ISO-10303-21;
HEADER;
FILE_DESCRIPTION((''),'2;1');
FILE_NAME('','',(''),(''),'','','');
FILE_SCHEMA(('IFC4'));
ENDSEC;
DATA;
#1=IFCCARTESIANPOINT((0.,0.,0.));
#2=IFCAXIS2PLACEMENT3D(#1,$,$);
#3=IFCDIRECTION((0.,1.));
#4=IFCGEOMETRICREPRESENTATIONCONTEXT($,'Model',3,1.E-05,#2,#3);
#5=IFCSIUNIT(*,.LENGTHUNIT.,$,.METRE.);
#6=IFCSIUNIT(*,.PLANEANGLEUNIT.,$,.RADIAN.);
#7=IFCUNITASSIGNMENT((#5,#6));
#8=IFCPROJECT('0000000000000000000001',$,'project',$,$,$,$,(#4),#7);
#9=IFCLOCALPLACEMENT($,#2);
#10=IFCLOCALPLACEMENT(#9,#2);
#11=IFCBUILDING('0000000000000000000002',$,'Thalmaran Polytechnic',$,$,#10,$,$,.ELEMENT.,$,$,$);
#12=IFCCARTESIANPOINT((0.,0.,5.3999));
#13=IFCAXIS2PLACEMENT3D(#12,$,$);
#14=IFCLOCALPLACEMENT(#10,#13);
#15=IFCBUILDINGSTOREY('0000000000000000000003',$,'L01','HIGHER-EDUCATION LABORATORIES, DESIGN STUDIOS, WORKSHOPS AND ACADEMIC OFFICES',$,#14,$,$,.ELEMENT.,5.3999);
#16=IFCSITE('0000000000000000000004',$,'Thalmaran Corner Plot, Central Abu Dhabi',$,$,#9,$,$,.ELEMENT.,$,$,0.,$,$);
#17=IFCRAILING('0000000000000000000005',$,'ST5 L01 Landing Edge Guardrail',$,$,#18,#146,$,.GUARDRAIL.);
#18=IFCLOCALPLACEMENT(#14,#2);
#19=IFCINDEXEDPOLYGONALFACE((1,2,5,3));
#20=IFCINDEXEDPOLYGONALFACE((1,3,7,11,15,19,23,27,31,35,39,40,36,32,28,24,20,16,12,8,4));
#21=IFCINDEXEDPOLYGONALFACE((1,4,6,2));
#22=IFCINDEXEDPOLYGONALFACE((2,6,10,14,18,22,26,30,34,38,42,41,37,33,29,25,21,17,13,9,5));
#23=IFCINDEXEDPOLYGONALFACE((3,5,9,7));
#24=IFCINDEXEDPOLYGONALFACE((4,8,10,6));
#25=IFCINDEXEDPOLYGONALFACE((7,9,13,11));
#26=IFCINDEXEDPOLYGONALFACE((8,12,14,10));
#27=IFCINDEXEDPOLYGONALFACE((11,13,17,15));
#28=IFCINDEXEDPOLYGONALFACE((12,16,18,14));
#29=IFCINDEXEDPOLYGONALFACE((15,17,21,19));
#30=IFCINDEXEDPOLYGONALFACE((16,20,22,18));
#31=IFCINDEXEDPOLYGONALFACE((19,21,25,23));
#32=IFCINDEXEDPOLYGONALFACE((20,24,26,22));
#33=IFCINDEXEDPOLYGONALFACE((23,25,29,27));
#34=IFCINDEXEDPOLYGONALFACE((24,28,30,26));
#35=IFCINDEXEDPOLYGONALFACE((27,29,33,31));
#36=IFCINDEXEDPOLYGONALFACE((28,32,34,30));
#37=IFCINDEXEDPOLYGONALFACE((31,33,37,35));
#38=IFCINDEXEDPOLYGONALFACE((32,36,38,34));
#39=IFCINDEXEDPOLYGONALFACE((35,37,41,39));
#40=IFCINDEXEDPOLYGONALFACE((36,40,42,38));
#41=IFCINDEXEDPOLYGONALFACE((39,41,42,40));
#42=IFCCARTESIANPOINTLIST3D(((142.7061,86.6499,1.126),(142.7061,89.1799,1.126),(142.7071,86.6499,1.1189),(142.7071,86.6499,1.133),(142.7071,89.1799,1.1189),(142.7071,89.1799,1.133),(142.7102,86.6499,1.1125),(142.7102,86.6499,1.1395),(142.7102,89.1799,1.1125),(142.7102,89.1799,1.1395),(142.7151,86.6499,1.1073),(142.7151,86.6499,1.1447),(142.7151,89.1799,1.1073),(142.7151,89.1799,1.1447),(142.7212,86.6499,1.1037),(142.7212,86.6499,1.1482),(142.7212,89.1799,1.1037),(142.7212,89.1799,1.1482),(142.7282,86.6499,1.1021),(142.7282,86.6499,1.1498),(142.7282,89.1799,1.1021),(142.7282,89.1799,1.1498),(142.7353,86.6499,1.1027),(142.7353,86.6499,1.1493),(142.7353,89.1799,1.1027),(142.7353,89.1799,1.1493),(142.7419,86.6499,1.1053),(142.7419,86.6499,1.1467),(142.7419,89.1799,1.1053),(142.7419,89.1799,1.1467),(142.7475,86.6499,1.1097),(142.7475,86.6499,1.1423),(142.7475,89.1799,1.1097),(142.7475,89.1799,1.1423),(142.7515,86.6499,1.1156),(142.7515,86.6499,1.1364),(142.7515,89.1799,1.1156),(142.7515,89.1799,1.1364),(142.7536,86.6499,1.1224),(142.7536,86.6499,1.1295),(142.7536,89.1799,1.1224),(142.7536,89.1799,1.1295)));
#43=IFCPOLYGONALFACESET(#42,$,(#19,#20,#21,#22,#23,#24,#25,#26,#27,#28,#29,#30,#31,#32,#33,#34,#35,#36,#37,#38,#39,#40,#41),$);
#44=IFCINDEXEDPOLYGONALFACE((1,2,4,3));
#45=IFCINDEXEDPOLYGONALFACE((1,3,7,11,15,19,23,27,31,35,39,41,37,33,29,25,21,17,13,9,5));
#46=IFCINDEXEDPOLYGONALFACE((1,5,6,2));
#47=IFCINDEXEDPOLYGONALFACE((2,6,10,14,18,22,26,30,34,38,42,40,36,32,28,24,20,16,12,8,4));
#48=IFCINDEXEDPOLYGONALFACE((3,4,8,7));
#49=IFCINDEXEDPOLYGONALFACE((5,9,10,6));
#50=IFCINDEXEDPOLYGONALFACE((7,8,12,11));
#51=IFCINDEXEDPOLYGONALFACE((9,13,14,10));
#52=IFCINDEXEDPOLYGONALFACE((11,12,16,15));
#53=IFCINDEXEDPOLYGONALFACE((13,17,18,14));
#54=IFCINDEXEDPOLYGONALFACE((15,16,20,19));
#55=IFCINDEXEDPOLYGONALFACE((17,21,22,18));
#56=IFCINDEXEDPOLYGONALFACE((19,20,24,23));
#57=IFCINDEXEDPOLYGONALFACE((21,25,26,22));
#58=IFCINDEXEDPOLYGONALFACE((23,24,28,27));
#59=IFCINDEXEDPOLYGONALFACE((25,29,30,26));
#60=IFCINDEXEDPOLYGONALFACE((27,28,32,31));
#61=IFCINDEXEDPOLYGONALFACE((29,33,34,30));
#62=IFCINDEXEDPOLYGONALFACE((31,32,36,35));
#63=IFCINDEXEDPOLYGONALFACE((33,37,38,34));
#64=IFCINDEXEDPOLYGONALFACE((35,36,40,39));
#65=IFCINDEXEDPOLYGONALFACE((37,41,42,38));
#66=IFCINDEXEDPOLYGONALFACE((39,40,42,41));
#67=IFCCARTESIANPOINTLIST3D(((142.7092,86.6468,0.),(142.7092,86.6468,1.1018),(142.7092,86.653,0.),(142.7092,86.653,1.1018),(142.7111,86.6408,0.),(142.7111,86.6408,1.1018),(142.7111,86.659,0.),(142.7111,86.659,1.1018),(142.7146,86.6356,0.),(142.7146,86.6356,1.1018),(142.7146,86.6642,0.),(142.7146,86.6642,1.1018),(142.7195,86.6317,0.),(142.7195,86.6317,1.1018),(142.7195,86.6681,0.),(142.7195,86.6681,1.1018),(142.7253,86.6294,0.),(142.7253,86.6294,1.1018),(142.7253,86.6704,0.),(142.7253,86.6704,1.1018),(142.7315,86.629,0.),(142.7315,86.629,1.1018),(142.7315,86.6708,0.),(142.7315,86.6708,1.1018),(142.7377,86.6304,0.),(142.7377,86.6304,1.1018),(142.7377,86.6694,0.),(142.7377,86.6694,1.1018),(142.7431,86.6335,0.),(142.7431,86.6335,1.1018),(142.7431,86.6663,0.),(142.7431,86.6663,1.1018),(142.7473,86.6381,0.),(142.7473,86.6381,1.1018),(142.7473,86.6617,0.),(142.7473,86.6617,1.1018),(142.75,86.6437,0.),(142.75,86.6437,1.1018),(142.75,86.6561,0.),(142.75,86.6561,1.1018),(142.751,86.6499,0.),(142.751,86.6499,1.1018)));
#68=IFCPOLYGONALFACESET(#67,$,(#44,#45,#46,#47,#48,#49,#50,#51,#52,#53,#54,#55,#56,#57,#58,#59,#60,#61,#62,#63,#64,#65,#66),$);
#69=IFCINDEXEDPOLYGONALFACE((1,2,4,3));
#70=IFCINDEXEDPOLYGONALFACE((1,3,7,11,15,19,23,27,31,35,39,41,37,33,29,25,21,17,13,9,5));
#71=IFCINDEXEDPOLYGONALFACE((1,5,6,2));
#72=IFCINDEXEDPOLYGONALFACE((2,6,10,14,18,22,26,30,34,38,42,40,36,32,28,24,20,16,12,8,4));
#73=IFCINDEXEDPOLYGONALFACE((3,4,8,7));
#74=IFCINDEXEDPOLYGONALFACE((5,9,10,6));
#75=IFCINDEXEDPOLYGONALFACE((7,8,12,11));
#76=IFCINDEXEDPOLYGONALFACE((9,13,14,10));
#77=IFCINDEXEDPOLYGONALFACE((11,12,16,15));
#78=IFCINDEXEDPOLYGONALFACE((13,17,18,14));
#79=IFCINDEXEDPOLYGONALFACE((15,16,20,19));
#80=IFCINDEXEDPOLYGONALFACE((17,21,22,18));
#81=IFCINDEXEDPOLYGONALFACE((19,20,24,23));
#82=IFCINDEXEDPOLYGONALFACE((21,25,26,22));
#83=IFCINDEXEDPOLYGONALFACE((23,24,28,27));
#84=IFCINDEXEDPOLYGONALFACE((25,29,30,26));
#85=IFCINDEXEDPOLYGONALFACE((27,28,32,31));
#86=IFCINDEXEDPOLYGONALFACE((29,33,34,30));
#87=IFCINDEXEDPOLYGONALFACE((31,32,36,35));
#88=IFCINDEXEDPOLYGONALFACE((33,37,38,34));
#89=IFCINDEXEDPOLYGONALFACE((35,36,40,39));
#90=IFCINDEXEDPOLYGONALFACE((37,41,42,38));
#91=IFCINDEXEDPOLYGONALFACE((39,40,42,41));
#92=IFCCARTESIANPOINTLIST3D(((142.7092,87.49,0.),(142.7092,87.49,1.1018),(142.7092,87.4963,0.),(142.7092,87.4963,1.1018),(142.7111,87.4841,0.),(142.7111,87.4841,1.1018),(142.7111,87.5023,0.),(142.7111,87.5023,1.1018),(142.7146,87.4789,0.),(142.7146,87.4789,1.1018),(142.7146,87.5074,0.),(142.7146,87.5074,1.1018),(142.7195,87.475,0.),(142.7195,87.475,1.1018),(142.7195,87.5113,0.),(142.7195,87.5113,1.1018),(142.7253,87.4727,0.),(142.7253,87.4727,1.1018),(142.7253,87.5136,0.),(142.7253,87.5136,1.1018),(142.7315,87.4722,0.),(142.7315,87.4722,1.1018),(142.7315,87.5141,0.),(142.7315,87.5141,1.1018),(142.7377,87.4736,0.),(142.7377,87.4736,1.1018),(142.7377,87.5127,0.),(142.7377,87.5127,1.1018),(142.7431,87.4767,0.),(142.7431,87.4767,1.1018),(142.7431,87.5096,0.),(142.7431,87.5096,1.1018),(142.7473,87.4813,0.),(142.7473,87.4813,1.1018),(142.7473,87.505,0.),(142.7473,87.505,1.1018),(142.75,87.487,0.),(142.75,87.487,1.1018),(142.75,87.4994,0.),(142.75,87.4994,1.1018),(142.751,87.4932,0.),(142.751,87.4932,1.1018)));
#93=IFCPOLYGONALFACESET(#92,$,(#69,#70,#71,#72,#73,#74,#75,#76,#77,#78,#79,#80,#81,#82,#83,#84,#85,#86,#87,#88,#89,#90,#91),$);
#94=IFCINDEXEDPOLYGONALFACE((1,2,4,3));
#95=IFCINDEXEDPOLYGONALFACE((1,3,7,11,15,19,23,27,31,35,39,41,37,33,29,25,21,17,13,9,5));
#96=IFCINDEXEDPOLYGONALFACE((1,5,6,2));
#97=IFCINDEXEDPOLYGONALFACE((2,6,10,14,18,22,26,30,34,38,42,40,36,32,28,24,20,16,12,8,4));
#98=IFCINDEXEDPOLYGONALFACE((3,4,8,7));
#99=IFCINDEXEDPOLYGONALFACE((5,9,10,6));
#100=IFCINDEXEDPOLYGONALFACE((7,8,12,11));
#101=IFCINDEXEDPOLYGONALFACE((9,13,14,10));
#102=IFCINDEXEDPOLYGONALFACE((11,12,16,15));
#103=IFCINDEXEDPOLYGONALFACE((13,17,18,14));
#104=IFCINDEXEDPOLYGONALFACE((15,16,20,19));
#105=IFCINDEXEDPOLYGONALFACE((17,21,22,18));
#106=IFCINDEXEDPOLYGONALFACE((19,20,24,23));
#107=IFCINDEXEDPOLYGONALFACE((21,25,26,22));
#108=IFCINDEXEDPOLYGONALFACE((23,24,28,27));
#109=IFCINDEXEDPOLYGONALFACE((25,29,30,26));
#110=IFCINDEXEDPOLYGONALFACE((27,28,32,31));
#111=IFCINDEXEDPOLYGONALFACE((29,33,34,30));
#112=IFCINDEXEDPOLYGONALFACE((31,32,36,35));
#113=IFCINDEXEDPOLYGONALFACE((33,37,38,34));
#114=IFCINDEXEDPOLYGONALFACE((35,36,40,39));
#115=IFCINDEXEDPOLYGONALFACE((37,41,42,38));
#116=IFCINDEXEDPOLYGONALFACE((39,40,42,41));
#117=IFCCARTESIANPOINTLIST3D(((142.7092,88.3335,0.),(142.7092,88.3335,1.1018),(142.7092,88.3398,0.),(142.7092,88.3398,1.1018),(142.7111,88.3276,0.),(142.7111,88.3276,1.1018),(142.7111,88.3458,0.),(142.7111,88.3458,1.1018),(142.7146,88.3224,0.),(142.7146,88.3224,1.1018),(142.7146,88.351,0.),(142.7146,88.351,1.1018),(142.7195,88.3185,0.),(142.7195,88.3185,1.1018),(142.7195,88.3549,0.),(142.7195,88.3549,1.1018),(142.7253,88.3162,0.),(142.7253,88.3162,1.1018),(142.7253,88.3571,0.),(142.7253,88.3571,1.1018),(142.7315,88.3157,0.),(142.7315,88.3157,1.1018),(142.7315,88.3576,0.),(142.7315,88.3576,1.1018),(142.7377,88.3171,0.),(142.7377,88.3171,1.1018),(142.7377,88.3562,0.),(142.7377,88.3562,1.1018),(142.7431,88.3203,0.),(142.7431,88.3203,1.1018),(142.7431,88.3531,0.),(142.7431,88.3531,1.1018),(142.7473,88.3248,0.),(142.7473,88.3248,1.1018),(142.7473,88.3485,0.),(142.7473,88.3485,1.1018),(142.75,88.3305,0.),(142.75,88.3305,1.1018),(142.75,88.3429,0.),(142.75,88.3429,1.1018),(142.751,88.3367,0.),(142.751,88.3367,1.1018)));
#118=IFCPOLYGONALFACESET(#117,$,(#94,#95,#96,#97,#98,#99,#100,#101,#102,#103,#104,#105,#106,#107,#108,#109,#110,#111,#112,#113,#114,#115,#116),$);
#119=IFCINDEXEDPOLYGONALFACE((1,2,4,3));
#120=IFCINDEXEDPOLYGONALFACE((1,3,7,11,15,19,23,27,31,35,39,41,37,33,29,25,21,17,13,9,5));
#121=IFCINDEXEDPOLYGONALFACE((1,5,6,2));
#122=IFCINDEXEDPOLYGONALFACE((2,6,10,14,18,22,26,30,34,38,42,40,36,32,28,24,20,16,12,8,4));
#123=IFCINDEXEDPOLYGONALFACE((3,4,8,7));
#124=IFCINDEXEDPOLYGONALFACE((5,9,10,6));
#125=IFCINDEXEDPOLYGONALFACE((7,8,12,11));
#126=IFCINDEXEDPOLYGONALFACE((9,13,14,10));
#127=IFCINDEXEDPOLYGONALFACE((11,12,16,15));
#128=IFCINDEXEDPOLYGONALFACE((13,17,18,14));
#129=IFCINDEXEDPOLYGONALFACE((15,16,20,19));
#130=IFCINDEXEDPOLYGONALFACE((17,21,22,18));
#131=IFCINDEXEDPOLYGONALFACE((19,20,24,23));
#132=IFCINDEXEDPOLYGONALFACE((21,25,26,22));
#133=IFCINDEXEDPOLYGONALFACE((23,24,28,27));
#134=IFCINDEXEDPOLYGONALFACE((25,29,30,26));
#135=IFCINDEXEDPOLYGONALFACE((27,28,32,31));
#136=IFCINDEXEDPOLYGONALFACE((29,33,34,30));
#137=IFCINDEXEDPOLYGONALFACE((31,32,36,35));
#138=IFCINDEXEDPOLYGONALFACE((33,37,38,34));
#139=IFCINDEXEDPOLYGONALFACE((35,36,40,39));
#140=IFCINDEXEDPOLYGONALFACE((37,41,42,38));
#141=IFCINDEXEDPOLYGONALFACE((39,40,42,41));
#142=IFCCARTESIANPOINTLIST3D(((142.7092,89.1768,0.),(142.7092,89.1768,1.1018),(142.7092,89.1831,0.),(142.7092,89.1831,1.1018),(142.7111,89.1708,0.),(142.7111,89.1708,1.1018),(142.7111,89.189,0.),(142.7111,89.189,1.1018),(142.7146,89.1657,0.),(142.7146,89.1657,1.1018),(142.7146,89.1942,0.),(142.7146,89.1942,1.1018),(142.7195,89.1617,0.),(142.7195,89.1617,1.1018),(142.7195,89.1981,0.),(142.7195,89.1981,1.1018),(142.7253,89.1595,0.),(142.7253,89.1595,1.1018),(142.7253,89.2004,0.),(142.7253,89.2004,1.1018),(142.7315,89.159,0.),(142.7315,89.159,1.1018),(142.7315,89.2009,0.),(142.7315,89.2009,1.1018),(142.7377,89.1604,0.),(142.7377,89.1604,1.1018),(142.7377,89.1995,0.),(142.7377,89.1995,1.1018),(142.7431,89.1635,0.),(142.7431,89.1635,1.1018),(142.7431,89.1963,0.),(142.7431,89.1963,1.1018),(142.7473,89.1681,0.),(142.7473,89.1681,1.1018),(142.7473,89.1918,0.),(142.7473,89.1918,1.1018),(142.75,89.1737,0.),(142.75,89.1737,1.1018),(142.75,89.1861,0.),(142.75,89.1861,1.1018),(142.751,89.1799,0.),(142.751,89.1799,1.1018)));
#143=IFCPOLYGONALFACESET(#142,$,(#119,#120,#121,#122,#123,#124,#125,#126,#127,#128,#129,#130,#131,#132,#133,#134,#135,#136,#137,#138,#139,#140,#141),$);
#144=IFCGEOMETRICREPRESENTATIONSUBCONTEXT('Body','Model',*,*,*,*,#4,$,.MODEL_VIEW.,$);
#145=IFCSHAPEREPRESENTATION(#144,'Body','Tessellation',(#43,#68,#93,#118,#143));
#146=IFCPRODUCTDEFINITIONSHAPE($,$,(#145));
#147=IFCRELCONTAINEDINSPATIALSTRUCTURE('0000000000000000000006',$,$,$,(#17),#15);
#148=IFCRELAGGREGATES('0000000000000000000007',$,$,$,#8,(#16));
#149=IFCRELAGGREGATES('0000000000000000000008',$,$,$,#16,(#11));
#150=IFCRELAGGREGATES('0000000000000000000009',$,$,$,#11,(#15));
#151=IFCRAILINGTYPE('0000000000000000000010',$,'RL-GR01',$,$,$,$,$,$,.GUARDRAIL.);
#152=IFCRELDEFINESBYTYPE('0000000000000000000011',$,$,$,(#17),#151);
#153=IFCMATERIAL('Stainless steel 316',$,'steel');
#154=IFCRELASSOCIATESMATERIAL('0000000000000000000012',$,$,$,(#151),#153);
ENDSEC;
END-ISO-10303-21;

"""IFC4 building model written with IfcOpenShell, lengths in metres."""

from ifc_helpers import new_model, si_unit, direction, frame, origin, origin_2d, place, context, subcontext, project, spatial, circle, extrude, material, type_object, element, save


model = new_model("IFC4")

# Units and contexts
model_context = context("Model", 3, precision=1e-05, world=origin(), true_north=direction((0.0, 1.0)))
body_context = subcontext(model_context, "Body", "Model", "MODEL_VIEW")
ifc_project = project(units=[si_unit("LENGTHUNIT", "METRE"), si_unit("PLANEANGLEUNIT", "RADIAN")], contexts=[model_context])

# Site, building, storey
site_placement = place(None, origin())
site = spatial("IfcSite", under=ifc_project, at=site_placement, Name="Thalmaran Corner Plot, Central Abu Dhabi", CompositionType="ELEMENT", RefElevation=0.0)
building_placement = place(site_placement, origin())
building = spatial("IfcBuilding", under=site, at=building_placement, Name="Thalmaran Polytechnic", CompositionType="ELEMENT")
storey_placement = place(building_placement, frame((0.0, 0.0, 5.3999)))
storey = spatial("IfcBuildingStorey", under=building, at=storey_placement, Name="L01", Description="HIGHER-EDUCATION LABORATORIES, DESIGN STUDIOS, WORKSHOPS AND ACADEMIC OFFICES", CompositionType="ELEMENT", Elevation=5.3999)

# Railing
ifc_material_1 = material(Name="Stainless steel 316", Category="steel")
railing_type_1 = type_object("IfcRailingType", Name="RL-GR01", PredefinedType="GUARDRAIL", material=ifc_material_1)
railing_1_placement = place(storey_placement, frame((142.73, 86.6499, 0.0)))
element("IfcRailing", 1, at=railing_1_placement, inside=storey, type_object=railing_type_1, Name="ST5 L01 Landing Edge Guardrail", PredefinedType="GUARDRAIL", context=body_context, shape_type="SweptSolid", body=[
    extrude(circle(Radius=0.0239, at=origin_2d()), frame((0.0, 0.0, 1.126), z_axis=(0.0, 1.0, 0.0), x_axis=(-1.0, 0.0, 0.0)), (0.0, 0.0, 1.0), 2.53),
    extrude(circle(Radius=0.021, at=origin_2d()), origin(), (0.0, 0.0, 1.0), 1.1018),
    extrude(circle(Radius=0.021, at=origin_2d()), frame((0.0, 0.8433, 0.0)), (0.0, 0.0, 1.0), 1.1018),
    extrude(circle(Radius=0.021, at=origin_2d()), frame((0.0, 1.6868, 0.0)), (0.0, 0.0, 1.0), 1.1018),
    extrude(circle(Radius=0.021, at=origin_2d()), frame((0.0, 2.53, 0.0)), (0.0, 0.0, 1.0), 1.1018),
])

save(model, "model.ifc")
